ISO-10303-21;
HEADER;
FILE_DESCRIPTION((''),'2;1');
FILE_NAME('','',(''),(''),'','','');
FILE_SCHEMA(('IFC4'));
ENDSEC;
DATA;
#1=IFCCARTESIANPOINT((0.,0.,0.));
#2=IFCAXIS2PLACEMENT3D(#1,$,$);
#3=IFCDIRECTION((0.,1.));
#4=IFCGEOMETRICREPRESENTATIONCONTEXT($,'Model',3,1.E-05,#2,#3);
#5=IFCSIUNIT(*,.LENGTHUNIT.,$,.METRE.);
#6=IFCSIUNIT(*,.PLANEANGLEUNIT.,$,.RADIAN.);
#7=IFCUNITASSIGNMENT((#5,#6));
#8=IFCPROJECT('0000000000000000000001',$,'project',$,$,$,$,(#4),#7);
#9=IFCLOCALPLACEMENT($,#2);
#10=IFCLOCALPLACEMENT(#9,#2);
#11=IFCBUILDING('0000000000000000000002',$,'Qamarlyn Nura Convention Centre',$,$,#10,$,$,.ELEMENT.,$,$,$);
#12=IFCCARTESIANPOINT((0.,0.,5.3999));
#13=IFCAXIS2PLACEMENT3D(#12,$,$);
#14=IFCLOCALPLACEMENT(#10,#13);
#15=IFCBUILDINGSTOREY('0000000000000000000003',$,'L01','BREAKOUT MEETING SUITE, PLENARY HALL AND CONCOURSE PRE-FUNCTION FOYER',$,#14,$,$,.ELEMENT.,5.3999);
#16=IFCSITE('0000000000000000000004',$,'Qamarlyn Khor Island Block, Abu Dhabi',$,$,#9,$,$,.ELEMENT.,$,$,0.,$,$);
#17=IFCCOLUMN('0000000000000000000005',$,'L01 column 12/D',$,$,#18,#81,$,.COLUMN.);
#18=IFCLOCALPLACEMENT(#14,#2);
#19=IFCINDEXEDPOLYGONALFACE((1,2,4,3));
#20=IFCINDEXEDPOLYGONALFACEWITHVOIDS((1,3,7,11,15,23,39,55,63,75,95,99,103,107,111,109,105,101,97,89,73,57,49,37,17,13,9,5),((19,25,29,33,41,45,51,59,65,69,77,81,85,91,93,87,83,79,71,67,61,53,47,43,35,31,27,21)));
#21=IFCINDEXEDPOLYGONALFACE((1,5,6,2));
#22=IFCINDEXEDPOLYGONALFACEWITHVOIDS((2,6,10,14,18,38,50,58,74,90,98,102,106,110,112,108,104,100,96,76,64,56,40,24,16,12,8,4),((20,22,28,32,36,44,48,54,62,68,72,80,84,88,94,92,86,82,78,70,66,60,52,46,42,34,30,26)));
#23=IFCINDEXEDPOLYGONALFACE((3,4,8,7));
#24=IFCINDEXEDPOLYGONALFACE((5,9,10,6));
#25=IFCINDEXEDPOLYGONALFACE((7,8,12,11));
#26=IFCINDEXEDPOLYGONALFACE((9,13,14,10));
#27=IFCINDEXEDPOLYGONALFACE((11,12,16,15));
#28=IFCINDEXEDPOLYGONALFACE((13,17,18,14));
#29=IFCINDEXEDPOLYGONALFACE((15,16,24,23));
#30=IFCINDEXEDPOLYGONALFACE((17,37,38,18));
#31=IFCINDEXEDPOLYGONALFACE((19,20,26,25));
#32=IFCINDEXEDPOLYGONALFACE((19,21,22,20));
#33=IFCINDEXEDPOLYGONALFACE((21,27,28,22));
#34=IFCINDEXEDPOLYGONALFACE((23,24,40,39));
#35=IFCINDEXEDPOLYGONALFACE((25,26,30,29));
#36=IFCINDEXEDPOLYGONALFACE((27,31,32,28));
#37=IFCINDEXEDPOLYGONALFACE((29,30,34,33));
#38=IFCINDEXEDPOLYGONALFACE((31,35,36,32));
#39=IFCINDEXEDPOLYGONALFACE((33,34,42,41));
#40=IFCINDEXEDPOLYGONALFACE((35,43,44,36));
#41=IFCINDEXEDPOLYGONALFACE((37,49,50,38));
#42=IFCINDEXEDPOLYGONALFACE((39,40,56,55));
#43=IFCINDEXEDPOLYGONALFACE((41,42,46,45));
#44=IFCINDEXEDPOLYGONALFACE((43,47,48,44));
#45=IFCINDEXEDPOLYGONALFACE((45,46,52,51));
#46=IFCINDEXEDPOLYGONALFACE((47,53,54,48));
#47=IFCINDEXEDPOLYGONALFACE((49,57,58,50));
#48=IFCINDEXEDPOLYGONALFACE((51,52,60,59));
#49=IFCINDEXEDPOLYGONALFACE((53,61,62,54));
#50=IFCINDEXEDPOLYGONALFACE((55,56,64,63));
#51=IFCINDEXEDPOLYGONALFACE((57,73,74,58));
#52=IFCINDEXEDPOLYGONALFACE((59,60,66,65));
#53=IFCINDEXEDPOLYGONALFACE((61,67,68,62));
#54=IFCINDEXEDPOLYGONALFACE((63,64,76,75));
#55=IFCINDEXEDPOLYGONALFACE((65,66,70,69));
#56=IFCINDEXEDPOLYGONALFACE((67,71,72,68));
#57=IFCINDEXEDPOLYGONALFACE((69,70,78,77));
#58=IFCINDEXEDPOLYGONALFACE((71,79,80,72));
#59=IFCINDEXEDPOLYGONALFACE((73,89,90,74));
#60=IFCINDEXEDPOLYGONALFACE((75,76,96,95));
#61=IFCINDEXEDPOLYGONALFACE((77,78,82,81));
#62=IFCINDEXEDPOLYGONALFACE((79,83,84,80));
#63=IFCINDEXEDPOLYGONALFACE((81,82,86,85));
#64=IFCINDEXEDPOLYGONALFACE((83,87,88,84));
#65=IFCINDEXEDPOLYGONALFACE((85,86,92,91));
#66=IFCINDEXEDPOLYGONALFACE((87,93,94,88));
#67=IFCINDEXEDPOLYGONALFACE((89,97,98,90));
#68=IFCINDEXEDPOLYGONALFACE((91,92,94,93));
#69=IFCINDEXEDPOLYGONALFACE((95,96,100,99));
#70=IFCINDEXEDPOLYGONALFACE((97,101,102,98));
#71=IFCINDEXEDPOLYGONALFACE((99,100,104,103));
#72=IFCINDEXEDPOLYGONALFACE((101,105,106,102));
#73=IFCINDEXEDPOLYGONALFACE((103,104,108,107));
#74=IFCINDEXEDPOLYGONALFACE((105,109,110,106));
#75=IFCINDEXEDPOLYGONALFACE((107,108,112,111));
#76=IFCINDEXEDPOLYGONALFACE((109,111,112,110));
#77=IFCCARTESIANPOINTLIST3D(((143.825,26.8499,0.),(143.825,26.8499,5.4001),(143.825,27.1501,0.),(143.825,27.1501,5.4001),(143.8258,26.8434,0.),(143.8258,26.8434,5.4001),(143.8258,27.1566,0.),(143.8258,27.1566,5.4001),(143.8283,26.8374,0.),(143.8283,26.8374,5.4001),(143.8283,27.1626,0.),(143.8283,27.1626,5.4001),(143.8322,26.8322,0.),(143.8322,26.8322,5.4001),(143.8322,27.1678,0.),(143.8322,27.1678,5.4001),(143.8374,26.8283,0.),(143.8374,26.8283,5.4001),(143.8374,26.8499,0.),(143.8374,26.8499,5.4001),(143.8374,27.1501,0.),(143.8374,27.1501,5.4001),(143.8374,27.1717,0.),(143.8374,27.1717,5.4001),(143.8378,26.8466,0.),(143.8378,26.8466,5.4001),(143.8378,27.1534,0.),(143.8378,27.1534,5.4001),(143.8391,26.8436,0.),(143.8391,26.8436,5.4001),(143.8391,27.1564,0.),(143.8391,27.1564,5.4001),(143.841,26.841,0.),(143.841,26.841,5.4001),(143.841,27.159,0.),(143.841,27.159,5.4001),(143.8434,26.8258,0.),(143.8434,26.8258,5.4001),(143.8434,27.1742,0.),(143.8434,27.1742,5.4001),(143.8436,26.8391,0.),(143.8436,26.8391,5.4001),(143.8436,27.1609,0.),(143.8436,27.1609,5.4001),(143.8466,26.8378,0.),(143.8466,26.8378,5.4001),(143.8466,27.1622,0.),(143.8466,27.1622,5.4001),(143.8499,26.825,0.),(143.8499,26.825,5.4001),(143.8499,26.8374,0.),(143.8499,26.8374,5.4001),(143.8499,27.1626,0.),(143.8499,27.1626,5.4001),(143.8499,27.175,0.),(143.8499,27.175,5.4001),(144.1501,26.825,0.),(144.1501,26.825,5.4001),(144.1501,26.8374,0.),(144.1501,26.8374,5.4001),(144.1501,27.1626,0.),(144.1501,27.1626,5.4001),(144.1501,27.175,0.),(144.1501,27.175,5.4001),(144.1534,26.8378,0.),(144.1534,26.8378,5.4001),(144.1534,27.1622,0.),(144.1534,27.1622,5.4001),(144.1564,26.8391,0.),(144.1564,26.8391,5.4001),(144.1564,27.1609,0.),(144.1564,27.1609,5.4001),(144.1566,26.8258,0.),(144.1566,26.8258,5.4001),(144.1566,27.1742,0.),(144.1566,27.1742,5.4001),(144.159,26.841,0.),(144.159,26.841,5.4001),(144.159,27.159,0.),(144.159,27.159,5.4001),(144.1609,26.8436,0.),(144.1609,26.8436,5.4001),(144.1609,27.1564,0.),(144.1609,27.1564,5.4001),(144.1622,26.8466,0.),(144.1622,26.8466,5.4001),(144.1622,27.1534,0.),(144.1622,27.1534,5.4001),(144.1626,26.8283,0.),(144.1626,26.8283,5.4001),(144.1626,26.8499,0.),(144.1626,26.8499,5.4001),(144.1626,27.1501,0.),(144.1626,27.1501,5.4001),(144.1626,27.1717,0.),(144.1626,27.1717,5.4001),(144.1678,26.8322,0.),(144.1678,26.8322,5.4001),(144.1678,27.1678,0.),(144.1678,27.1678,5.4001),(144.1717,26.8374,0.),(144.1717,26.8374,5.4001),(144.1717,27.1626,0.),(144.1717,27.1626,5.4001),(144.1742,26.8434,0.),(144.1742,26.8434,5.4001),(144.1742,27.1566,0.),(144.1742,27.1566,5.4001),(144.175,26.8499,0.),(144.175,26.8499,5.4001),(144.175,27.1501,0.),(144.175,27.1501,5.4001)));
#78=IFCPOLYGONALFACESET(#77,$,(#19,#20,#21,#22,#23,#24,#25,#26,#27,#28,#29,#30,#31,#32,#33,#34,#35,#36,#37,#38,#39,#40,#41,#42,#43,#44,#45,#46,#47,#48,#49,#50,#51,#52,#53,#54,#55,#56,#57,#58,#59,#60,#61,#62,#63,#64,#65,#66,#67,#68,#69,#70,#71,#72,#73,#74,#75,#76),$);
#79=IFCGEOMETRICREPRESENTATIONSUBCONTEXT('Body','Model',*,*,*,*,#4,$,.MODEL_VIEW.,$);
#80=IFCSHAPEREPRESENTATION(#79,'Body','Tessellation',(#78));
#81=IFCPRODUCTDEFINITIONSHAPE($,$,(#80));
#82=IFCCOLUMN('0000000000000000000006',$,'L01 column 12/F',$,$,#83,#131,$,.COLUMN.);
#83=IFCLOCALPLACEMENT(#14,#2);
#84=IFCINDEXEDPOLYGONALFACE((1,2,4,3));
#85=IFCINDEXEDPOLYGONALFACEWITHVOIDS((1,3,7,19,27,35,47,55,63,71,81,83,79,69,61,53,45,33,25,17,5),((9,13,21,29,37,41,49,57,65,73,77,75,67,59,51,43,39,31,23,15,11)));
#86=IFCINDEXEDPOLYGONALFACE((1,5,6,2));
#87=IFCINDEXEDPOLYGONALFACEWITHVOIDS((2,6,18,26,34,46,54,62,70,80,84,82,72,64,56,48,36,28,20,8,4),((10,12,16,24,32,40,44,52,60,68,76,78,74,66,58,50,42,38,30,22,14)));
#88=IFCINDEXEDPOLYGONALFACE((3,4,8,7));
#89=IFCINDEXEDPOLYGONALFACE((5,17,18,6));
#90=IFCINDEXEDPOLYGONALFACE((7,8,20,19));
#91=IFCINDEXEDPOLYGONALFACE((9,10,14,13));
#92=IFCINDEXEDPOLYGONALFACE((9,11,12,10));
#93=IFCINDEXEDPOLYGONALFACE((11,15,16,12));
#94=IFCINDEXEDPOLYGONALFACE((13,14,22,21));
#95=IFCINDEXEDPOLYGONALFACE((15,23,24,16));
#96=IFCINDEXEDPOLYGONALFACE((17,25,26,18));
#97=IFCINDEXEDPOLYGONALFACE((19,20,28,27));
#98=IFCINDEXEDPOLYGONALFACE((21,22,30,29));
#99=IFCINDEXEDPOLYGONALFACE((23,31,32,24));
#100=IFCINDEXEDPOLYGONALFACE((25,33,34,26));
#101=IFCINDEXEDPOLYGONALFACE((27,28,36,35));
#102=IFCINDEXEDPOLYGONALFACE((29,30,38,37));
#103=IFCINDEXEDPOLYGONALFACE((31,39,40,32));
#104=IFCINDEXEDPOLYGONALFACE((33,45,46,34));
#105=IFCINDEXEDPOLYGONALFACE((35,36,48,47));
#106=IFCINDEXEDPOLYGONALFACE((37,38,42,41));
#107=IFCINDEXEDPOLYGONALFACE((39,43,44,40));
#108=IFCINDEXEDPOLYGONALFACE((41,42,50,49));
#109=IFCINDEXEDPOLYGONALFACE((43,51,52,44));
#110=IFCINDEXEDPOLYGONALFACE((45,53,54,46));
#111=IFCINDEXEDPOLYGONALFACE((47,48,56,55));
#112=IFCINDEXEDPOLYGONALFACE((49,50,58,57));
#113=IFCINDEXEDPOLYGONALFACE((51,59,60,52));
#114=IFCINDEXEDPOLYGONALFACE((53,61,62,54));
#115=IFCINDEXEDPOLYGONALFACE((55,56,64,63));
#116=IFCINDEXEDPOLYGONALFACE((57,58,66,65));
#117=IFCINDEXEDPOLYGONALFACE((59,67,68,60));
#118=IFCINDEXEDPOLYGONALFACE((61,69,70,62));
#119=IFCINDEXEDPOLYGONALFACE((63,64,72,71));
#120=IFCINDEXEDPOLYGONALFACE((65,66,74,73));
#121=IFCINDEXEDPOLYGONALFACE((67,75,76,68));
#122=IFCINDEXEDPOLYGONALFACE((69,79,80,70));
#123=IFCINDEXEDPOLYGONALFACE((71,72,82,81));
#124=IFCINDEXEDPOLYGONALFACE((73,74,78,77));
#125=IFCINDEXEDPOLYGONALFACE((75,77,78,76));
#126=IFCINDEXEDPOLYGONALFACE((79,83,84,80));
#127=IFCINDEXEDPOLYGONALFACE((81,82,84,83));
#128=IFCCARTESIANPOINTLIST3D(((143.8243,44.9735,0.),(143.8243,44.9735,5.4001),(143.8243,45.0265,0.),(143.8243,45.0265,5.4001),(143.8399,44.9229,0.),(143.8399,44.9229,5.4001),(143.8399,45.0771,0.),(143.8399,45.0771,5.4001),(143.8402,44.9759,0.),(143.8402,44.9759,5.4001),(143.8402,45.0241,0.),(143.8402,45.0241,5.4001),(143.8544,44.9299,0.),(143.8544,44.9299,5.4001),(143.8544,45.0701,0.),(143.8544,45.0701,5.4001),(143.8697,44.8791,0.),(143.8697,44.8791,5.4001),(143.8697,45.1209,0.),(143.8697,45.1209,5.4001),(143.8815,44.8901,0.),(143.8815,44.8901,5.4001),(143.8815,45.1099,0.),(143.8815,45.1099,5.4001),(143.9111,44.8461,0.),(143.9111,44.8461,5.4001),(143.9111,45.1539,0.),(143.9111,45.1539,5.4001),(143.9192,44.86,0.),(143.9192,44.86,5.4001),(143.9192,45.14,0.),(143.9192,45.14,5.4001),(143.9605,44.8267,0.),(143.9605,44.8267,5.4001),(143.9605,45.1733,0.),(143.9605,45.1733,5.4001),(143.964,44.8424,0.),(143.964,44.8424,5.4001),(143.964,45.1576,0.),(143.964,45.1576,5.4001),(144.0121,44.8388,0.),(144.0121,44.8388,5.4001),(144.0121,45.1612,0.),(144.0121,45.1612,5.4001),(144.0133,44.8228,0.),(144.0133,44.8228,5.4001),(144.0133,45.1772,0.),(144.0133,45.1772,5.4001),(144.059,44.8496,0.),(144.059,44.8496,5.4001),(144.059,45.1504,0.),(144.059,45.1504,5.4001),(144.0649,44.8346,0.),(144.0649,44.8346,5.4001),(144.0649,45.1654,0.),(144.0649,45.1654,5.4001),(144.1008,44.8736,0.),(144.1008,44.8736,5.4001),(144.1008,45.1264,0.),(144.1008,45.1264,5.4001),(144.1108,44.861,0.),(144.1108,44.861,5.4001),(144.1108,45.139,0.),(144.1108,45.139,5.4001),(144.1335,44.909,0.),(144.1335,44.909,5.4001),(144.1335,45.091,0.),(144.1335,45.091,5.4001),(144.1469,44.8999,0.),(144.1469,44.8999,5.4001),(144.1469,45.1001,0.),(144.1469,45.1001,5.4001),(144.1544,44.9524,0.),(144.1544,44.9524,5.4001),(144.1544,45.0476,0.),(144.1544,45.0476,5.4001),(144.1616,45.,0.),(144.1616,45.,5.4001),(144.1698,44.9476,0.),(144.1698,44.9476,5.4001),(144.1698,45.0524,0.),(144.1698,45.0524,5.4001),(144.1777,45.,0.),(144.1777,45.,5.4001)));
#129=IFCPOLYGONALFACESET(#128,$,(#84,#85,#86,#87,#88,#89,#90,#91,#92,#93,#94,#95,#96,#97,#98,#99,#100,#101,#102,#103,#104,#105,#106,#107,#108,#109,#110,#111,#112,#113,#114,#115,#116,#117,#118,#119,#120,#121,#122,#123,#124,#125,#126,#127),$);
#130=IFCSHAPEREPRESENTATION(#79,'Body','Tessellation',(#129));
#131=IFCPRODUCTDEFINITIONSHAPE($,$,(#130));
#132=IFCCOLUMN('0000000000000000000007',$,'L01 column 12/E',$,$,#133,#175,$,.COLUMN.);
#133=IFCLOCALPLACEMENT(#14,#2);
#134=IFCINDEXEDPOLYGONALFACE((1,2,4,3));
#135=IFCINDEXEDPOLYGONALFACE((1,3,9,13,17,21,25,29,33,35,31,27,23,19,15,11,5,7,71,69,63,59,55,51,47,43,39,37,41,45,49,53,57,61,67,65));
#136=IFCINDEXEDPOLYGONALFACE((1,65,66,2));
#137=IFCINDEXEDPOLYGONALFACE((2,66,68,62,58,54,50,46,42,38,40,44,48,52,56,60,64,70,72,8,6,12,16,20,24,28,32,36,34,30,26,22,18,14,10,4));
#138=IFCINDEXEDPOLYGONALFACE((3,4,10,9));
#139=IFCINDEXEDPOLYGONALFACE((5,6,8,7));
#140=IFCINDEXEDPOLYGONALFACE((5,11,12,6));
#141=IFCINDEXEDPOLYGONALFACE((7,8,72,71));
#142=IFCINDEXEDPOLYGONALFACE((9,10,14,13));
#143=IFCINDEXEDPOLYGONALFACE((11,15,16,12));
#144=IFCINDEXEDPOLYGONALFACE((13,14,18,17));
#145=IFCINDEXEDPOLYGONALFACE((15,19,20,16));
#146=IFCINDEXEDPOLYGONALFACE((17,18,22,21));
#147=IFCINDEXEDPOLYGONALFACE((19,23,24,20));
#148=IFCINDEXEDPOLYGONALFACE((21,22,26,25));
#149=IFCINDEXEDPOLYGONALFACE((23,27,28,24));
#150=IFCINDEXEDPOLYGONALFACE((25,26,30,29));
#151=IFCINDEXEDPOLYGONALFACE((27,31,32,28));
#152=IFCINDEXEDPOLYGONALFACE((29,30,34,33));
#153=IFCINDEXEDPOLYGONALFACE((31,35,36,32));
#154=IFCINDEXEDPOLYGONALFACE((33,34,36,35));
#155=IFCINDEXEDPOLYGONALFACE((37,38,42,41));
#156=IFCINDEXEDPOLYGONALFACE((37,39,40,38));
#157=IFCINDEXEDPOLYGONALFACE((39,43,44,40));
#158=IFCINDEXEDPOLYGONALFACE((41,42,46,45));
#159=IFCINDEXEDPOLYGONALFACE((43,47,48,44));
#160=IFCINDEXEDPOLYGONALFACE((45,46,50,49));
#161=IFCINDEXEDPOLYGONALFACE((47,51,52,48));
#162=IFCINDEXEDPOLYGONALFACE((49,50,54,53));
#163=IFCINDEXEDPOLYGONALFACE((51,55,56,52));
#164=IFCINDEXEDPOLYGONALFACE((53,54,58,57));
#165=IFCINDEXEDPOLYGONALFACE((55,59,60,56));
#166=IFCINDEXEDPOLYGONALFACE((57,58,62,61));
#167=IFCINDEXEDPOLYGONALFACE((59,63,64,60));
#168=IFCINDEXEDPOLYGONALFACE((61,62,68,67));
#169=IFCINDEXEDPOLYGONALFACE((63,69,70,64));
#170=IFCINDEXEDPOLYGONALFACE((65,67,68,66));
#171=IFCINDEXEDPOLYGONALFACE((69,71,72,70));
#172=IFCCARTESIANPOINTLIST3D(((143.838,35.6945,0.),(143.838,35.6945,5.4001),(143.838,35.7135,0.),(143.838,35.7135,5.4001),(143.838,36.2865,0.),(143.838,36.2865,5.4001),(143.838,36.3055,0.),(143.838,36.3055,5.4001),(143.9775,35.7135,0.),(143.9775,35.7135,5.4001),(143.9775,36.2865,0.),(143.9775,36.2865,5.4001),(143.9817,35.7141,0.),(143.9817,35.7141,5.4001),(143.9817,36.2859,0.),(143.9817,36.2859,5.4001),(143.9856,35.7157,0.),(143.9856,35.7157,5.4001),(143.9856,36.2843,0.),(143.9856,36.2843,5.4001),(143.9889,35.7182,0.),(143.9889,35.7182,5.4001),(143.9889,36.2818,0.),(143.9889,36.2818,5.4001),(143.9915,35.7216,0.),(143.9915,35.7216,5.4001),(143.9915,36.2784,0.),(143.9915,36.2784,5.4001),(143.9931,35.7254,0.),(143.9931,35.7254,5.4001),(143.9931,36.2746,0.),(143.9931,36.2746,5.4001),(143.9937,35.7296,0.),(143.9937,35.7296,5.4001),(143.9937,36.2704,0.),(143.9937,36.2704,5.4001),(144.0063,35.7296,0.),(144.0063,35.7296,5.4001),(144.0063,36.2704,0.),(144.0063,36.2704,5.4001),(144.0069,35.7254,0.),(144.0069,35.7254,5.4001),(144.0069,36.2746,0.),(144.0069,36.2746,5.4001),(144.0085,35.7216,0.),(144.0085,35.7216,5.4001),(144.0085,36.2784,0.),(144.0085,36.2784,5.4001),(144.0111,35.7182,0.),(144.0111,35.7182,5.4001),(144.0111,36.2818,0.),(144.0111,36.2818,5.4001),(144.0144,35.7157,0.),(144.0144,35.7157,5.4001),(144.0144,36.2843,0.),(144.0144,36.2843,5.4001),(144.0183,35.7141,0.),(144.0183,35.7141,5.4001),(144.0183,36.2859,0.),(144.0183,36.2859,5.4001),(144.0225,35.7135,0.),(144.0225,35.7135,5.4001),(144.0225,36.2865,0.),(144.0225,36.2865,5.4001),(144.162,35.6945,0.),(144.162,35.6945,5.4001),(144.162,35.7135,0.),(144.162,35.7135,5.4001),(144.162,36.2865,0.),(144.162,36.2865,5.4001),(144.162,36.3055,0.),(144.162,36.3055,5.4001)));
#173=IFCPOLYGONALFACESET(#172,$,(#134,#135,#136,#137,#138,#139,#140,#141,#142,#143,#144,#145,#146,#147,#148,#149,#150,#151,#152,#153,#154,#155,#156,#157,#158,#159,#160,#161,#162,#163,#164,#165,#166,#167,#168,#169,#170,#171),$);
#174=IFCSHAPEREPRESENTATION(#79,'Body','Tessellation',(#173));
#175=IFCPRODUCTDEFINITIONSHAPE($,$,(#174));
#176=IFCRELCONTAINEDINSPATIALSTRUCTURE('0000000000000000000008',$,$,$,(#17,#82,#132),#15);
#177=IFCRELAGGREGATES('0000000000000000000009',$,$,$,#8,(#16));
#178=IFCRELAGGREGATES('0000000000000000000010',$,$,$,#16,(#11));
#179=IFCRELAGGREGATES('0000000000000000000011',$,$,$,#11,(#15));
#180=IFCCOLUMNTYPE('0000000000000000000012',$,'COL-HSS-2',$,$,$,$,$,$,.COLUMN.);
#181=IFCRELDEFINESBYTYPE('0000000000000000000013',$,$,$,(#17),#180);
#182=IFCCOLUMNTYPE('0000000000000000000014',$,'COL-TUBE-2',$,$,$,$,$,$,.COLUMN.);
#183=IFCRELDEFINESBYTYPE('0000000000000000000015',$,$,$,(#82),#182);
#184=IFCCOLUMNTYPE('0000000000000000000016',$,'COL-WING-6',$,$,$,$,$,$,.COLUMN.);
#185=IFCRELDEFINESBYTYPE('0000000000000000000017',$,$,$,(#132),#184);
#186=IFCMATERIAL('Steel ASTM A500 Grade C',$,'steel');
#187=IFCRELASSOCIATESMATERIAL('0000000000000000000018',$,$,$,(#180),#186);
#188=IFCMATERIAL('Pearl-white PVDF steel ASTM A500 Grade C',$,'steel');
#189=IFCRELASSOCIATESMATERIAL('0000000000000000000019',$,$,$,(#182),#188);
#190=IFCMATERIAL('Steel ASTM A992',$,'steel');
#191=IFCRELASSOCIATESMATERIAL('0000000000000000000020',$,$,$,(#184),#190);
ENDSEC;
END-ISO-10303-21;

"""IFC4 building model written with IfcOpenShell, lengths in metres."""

from ifc_helpers import new_model, si_unit, direction, frame, origin, origin_2d, place, context, subcontext, project, spatial, hollow_rectangle, hollow_circle, i_section, extrude, material, material_profile, profile_set, type_object, element, save


model = new_model("IFC4")

# Units and contexts
model_context = context("Model", 3, precision=1e-05, world=origin(), true_north=direction((0.0, 1.0)))
body_context = subcontext(model_context, "Body", "Model", "MODEL_VIEW")
ifc_project = project(units=[si_unit("LENGTHUNIT", "METRE"), si_unit("PLANEANGLEUNIT", "RADIAN")], contexts=[model_context])

# Site, building, storey
site_placement = place(None, origin())
site = spatial("IfcSite", under=ifc_project, at=site_placement, Name="Qamarlyn Khor Island Block, Abu Dhabi", CompositionType="ELEMENT", RefElevation=0.0)
building_placement = place(site_placement, origin())
building = spatial("IfcBuilding", under=site, at=building_placement, Name="Qamarlyn Nura Convention Centre", CompositionType="ELEMENT")
storey_placement = place(building_placement, frame((0.0, 0.0, 5.3999)))
storey = spatial("IfcBuildingStorey", under=building, at=storey_placement, Name="L01", Description="BREAKOUT MEETING SUITE, PLENARY HALL AND CONCOURSE PRE-FUNCTION FOYER", CompositionType="ELEMENT", Elevation=5.3999)

# Columns
ifc_material_1 = material(Name="Steel ASTM A500 Grade C", Category="steel")
ifc_material_profile_1 = material_profile(ifc_material_1, hollow_rectangle(XDim=0.3501, YDim=0.3501, WallThickness=0.0125, InnerFilletRadius=0.0125, OuterFilletRadius=0.0249, at=origin_2d()), Name="HSS350X350X12.5")
ifc_profile_set_1 = profile_set([ifc_material_profile_1], Name="Steel ASTM A500 Grade C")
column_type_1 = type_object("IfcColumnType", Name="COL-HSS-2", PredefinedType="COLUMN", material=ifc_profile_set_1)
column_1_placement = place(storey_placement, frame((144.0, 27.0, 0.0), z_axis=(0.0, 0.0, 1.0), x_axis=(1.0, 0.0, 0.0)))
element("IfcColumn", 1, at=column_1_placement, inside=storey, type_object=column_type_1, Name="L01 column 12/D", PredefinedType="COLUMN", context=body_context, shape_type="SweptSolid", body=[
    extrude(hollow_rectangle(XDim=0.3501, YDim=0.3501, WallThickness=0.0125, InnerFilletRadius=0.0125, OuterFilletRadius=0.0249, at=origin_2d()), origin(), (0.0, 0.0, 1.0), 5.4001),
])
ifc_material_2 = material(Name="Pearl-white PVDF steel ASTM A500 Grade C", Category="steel")
ifc_material_profile_2 = material_profile(ifc_material_2, hollow_circle(Radius=0.1777, WallThickness=0.0161, at=origin_2d()), Name="CHS355.6X16")
ifc_profile_set_2 = profile_set([ifc_material_profile_2], Name="Pearl-white PVDF steel ASTM A500 Grade C")
column_type_2 = type_object("IfcColumnType", Name="COL-TUBE-2", PredefinedType="COLUMN", material=ifc_profile_set_2)
column_2_placement = place(storey_placement, frame((144.0, 45.0, 0.0), z_axis=(0.0, 0.0, 1.0), x_axis=(1.0, 0.0, 0.0)))
element("IfcColumn", 2, at=column_2_placement, inside=storey, type_object=column_type_2, Name="L01 column 12/F", PredefinedType="COLUMN", context=body_context, shape_type="SweptSolid", body=[
    extrude(hollow_circle(Radius=0.1777, WallThickness=0.0161, at=origin_2d()), origin(), (0.0, 0.0, 1.0), 5.4001),
])
ifc_material_3 = material(Name="Steel ASTM A992", Category="steel")
ifc_material_profile_3 = material_profile(ifc_material_3, i_section(OverallWidth=0.324, OverallDepth=0.6111, WebThickness=0.0127, FlangeThickness=0.019, FilletRadius=0.0161, at=origin_2d()), Name="W610X155")
ifc_profile_set_3 = profile_set([ifc_material_profile_3], Name="Steel ASTM A992")
column_type_3 = type_object("IfcColumnType", Name="COL-WING-6", PredefinedType="COLUMN", material=ifc_profile_set_3)
column_3_placement = place(storey_placement, frame((144.0, 36.0, 0.0), z_axis=(0.0, 0.0, 1.0), x_axis=(1.0, 0.0, 0.0)))
element("IfcColumn", 3, at=column_3_placement, inside=storey, type_object=column_type_3, Name="L01 column 12/E", PredefinedType="COLUMN", context=body_context, shape_type="SweptSolid", body=[
    extrude(i_section(OverallWidth=0.324, OverallDepth=0.6111, WebThickness=0.0127, FlangeThickness=0.019, FilletRadius=0.0161, at=origin_2d()), origin(), (0.0, 0.0, 1.0), 5.4001),
])

save(model, "model.ifc")
